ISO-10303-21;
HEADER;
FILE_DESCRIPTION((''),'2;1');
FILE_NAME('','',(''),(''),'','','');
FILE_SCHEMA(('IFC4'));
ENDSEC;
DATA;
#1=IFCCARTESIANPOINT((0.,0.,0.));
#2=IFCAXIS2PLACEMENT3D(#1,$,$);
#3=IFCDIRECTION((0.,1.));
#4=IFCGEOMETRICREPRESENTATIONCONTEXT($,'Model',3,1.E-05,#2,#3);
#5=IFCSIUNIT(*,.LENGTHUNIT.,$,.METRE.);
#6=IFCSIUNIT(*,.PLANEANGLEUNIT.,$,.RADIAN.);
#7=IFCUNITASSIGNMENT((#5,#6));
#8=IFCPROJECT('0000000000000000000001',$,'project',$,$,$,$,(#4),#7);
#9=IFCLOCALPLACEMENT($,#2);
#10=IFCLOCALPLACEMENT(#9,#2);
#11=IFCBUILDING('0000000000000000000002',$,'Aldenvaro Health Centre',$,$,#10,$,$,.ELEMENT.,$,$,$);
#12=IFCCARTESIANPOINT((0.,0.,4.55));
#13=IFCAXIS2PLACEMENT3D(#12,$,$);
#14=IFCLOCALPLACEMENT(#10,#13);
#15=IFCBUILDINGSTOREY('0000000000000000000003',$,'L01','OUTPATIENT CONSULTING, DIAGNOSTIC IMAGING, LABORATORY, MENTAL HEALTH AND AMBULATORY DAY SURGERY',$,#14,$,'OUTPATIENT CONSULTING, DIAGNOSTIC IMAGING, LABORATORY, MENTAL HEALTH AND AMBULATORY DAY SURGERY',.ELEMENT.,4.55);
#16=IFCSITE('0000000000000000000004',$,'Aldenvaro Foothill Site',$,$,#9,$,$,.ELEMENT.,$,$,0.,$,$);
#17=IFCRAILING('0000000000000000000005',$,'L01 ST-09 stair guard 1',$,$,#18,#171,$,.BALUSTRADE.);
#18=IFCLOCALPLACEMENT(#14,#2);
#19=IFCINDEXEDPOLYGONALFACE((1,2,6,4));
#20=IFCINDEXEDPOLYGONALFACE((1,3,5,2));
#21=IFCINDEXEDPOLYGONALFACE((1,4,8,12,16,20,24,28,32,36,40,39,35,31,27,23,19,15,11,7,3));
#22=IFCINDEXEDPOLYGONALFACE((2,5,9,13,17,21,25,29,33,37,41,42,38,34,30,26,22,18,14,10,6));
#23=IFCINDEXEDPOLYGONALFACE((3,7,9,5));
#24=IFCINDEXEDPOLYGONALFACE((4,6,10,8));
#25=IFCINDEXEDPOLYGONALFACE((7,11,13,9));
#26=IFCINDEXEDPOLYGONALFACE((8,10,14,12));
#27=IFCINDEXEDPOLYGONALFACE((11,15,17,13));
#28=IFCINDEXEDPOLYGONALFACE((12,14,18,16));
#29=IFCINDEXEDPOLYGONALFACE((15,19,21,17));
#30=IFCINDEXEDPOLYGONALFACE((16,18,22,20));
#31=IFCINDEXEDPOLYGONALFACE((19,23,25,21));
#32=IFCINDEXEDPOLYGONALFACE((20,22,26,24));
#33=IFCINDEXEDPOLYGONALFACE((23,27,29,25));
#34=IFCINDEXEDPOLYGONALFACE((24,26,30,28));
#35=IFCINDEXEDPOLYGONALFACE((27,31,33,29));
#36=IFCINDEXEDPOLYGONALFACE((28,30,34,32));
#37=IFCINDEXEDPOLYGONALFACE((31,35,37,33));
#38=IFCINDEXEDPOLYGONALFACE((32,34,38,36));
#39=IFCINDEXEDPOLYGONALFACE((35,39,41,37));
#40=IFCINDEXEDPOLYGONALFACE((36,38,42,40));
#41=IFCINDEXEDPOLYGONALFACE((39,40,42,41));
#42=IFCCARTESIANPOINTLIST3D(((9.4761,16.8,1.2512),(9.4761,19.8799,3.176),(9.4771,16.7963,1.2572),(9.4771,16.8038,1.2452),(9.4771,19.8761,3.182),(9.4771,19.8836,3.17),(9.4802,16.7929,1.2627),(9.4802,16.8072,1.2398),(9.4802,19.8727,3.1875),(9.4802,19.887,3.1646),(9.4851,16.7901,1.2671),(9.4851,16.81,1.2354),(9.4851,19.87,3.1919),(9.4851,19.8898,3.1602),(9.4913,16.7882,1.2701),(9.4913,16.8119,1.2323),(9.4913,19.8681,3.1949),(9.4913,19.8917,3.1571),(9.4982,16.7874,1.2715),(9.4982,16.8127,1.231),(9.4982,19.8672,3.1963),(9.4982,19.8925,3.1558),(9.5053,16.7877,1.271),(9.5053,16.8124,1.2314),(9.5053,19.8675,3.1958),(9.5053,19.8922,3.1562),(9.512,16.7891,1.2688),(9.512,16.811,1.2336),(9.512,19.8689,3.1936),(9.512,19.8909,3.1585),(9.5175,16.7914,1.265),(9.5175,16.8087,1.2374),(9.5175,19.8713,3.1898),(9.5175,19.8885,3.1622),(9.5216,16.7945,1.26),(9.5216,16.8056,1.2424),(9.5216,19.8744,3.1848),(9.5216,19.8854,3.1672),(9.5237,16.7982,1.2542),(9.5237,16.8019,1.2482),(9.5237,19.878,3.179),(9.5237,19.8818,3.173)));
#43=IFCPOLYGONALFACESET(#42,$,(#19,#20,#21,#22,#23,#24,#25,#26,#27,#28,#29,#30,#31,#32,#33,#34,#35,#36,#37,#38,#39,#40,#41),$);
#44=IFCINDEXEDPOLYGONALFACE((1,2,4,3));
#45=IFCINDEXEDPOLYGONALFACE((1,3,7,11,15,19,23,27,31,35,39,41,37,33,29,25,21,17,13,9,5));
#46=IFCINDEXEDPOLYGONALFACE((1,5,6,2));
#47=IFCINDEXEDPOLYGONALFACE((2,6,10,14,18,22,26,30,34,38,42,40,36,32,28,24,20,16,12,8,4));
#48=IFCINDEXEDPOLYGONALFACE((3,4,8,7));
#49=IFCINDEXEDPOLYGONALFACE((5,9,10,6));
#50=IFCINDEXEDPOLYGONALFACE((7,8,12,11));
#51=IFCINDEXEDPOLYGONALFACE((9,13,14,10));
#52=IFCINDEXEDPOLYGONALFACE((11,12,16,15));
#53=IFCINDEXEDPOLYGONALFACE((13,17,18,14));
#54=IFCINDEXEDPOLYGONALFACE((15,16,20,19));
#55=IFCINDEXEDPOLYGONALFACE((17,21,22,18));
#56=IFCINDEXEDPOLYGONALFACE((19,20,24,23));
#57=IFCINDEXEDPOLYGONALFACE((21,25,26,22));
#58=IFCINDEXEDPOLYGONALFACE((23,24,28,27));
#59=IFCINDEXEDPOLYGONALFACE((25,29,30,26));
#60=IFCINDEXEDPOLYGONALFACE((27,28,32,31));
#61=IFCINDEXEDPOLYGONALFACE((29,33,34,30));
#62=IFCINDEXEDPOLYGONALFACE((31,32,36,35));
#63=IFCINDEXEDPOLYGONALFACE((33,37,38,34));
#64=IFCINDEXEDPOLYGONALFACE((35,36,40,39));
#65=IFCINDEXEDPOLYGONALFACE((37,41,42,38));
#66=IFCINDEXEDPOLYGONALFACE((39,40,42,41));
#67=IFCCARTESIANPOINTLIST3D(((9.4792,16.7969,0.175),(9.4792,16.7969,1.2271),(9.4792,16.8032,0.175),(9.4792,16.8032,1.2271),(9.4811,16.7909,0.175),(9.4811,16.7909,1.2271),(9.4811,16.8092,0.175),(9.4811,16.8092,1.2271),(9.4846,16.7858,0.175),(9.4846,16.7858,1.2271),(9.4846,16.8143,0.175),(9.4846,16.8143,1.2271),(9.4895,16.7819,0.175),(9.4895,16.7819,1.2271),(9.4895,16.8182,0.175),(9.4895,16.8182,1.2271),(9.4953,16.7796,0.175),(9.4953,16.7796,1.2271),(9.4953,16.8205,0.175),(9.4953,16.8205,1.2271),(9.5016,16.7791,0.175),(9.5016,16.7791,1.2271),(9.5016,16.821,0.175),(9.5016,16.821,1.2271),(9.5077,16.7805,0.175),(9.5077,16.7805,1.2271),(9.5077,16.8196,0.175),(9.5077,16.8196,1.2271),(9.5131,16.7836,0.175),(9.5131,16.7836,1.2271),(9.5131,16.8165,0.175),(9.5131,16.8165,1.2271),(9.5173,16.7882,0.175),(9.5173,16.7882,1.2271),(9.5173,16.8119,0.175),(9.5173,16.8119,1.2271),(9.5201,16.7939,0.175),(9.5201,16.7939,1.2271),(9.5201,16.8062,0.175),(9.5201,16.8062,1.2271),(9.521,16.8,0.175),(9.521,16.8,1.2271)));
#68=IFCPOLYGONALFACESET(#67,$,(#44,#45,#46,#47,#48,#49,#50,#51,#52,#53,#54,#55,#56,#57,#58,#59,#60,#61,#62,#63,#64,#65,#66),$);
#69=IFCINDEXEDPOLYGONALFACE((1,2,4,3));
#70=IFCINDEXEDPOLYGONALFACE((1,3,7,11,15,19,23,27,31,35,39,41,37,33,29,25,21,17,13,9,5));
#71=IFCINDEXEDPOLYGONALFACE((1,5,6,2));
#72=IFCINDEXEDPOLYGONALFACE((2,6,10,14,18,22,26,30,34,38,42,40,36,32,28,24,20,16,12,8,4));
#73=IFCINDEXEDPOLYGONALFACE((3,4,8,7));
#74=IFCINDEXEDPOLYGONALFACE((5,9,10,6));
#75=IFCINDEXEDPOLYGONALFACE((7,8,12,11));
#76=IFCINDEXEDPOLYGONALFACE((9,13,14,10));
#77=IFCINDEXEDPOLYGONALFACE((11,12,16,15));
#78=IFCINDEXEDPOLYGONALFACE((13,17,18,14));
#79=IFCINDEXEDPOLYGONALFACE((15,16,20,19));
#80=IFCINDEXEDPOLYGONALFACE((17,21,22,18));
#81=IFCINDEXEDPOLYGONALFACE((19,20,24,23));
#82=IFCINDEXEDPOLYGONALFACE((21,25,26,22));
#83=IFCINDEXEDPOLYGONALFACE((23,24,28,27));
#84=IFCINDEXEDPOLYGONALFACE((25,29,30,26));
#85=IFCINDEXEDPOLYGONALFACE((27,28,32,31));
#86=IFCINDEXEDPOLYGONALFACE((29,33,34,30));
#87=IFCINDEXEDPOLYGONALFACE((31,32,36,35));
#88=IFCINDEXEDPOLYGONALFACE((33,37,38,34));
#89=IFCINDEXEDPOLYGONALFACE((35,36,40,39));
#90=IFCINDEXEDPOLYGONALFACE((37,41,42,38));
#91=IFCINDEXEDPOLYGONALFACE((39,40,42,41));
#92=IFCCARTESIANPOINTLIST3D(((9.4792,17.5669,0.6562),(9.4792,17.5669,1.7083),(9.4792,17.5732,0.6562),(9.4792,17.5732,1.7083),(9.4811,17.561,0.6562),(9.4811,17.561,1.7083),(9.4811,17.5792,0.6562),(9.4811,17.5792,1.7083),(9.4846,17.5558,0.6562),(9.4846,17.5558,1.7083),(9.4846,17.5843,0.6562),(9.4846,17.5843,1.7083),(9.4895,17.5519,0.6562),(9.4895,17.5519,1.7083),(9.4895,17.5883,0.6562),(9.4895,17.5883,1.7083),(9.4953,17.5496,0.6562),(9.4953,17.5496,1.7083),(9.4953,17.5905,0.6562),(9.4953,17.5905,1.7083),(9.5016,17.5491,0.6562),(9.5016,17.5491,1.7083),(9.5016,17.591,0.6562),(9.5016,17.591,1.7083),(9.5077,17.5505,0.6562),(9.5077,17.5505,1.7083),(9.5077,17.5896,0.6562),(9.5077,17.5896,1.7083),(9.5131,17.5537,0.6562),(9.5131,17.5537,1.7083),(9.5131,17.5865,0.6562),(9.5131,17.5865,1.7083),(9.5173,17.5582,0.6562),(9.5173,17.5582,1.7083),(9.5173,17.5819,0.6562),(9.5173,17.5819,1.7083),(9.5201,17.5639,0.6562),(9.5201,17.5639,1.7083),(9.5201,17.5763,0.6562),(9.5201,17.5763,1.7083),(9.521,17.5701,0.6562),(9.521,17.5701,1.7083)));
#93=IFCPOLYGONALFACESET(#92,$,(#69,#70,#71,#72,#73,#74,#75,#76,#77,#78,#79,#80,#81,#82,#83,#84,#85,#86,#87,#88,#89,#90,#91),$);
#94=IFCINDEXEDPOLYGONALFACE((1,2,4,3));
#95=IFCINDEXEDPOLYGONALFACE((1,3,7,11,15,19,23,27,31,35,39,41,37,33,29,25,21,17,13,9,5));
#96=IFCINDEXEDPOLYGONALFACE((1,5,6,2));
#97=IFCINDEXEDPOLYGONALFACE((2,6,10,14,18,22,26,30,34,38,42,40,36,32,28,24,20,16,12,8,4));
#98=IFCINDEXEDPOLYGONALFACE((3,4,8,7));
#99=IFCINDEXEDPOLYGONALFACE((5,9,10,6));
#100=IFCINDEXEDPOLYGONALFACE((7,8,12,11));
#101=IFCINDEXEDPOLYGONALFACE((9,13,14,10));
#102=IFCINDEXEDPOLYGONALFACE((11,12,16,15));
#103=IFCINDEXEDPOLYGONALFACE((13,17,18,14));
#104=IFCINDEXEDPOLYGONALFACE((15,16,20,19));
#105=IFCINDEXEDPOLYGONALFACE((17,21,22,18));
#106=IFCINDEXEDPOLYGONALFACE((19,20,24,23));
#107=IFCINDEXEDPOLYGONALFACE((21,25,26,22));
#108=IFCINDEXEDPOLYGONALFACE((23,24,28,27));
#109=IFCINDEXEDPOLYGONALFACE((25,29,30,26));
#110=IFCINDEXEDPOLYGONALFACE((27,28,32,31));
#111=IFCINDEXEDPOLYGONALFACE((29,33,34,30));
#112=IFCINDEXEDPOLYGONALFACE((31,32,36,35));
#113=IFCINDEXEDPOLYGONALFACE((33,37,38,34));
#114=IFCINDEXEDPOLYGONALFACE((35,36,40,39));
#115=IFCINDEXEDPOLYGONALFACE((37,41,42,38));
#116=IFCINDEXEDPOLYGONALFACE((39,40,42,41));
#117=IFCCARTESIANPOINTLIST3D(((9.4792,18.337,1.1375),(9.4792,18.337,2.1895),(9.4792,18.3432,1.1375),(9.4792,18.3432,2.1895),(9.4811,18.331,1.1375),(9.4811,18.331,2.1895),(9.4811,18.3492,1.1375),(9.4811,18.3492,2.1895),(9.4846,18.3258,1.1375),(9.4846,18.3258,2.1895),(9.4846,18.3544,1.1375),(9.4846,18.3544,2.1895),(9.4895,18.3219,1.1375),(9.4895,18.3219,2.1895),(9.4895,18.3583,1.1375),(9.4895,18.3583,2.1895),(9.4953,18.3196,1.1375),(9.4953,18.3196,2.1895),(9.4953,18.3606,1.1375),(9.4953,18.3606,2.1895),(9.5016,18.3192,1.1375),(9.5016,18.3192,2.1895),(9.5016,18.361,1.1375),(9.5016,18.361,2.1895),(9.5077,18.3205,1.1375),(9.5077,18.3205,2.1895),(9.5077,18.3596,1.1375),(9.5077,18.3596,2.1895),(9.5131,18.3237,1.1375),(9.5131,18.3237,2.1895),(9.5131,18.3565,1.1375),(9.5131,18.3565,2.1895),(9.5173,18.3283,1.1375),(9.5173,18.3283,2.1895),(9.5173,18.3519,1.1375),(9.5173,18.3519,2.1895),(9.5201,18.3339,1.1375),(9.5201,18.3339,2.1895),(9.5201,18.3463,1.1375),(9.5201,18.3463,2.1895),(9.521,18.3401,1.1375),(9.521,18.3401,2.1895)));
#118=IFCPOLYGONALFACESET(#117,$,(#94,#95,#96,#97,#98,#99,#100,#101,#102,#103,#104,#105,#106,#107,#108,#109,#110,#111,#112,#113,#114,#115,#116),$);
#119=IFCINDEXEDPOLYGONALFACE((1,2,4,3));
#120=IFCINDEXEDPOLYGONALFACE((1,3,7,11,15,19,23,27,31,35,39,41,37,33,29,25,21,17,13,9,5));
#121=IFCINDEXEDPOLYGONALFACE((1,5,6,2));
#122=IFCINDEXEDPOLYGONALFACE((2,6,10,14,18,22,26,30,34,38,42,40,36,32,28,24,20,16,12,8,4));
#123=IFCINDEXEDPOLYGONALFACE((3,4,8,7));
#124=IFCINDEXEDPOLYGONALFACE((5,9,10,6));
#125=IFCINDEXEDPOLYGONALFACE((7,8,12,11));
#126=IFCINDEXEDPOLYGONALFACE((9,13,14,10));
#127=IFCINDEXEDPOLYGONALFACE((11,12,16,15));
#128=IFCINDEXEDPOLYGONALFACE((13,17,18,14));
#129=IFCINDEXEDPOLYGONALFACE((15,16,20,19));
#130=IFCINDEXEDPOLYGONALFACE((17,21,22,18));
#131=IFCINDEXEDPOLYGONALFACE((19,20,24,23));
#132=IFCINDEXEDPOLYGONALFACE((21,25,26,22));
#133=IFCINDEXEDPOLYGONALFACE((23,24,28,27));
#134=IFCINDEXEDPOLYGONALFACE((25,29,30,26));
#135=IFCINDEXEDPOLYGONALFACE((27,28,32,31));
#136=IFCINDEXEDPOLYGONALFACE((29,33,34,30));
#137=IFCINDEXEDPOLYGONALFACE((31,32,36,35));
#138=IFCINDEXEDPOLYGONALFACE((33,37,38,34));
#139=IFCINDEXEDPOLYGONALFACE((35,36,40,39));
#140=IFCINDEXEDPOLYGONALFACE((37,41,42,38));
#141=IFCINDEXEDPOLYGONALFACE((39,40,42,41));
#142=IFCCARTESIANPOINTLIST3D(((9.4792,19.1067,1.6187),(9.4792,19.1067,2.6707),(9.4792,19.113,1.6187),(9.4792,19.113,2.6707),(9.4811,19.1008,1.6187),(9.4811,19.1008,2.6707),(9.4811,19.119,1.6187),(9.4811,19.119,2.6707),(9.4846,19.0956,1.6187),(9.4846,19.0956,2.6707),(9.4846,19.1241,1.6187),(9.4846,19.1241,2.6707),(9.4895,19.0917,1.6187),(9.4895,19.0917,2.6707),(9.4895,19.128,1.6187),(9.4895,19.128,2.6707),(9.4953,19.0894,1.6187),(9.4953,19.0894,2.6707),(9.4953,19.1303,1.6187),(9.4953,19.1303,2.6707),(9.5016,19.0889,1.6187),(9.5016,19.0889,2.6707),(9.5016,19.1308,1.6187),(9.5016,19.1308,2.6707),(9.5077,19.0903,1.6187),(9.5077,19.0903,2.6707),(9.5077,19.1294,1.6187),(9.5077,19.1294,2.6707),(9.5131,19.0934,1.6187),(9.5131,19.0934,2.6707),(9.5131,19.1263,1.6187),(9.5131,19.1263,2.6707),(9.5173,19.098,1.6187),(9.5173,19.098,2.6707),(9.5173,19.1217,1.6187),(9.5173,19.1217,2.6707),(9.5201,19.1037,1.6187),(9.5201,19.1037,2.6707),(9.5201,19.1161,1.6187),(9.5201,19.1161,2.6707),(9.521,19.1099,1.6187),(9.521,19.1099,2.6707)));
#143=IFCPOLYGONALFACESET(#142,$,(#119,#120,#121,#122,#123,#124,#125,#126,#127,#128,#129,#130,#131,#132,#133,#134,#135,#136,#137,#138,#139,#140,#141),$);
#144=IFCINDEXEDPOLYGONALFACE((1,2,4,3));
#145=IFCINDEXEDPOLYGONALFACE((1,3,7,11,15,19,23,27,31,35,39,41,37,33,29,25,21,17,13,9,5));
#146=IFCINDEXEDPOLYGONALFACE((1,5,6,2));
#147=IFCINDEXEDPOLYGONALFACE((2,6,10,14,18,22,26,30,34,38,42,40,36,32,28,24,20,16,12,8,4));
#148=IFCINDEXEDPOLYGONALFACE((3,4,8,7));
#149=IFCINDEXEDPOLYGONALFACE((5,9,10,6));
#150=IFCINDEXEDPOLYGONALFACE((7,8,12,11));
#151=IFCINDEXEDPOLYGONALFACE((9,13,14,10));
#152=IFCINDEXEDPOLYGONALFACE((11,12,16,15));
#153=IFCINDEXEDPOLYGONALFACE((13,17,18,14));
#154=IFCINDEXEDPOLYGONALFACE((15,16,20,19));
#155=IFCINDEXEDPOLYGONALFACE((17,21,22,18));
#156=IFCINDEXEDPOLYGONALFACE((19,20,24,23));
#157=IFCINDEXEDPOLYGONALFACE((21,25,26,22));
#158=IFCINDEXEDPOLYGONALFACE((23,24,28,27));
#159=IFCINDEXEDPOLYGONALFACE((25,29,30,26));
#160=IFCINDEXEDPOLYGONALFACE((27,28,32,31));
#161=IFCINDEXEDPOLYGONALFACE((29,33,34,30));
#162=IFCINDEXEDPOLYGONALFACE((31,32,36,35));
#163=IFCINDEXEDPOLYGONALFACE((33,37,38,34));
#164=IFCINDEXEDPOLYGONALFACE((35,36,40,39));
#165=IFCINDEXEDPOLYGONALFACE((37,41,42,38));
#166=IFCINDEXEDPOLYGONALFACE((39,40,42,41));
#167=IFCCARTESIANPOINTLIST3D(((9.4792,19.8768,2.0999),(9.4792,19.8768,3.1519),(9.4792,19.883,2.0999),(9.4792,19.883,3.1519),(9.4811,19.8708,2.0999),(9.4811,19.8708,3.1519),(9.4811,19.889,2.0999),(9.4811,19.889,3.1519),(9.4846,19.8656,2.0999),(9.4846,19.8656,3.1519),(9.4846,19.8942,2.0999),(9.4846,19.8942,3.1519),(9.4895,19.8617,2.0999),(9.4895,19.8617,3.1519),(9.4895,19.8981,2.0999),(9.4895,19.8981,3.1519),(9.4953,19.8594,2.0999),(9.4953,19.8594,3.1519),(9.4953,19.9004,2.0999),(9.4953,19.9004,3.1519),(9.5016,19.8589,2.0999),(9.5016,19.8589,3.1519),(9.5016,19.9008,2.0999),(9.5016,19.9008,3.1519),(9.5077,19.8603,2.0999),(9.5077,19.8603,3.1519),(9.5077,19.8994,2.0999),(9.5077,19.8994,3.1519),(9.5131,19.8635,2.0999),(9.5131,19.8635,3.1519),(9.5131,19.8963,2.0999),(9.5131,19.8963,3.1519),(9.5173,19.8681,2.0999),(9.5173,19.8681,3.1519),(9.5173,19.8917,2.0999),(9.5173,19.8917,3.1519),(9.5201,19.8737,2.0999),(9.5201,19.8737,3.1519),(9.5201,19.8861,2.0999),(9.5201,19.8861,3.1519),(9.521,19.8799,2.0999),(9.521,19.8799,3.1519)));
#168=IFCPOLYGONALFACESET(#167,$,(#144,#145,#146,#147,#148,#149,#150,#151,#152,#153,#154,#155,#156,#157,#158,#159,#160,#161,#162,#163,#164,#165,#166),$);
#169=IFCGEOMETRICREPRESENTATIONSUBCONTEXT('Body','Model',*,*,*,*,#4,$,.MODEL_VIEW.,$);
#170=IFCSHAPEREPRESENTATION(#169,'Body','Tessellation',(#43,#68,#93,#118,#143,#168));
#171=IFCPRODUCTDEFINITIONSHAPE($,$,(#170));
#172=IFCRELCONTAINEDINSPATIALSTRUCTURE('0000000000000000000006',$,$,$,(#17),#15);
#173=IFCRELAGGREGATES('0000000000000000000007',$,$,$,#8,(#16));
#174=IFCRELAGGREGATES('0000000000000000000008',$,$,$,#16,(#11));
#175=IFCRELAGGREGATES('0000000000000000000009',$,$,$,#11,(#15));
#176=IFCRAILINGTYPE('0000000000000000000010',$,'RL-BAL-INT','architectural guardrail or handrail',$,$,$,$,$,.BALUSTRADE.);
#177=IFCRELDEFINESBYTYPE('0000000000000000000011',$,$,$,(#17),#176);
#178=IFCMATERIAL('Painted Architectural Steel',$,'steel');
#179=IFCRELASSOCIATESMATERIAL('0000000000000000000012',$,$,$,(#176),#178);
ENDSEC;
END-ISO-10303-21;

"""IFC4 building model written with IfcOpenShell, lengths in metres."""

from ifc_helpers import new_model, si_unit, direction, frame, origin, origin_2d, place, context, subcontext, project, spatial, circle, extrude, material, type_object, element, save


model = new_model("IFC4")

# Units and contexts
model_context = context("Model", 3, precision=1e-05, world=origin(), true_north=direction((0.0, 1.0)))
body_context = subcontext(model_context, "Body", "Model", "MODEL_VIEW")
ifc_project = project(units=[si_unit("LENGTHUNIT", "METRE"), si_unit("PLANEANGLEUNIT", "RADIAN")], contexts=[model_context])

# Site, building, storey
site_placement = place(None, origin())
site = spatial("IfcSite", under=ifc_project, at=site_placement, Name="Aldenvaro Foothill Site", CompositionType="ELEMENT", RefElevation=0.0)
building_placement = place(site_placement, origin())
building = spatial("IfcBuilding", under=site, at=building_placement, Name="Aldenvaro Health Centre", CompositionType="ELEMENT")
storey_placement = place(building_placement, frame((0.0, 0.0, 4.55)))
storey = spatial("IfcBuildingStorey", under=building, at=storey_placement, Name="L01", Description="OUTPATIENT CONSULTING, DIAGNOSTIC IMAGING, LABORATORY, MENTAL HEALTH AND AMBULATORY DAY SURGERY", LongName="OUTPATIENT CONSULTING, DIAGNOSTIC IMAGING, LABORATORY, MENTAL HEALTH AND AMBULATORY DAY SURGERY", CompositionType="ELEMENT", Elevation=4.55)

# Railing
ifc_material_1 = material(Name="Painted Architectural Steel", Category="steel")
railing_type_1 = type_object("IfcRailingType", Name="RL-BAL-INT", Description="architectural guardrail or handrail", PredefinedType="BALUSTRADE", material=ifc_material_1)
railing_1_placement = place(storey_placement, frame((9.5, 16.8, 0.175)))
element("IfcRailing", 1, at=railing_1_placement, inside=storey, type_object=railing_type_1, Name="L01 ST-09 stair guard 1", PredefinedType="BALUSTRADE", context=body_context, shape_type="SweptSolid", body=[
    extrude(circle(Radius=0.0239, at=origin_2d()), frame((0.0, 0.0, 1.0762), z_axis=(0.0, 0.84801, 0.529981), x_axis=(-1.0, 0.0, 0.0)), (0.0, 0.0, 1.0), 3.6318),
    extrude(circle(Radius=0.021, at=origin_2d()), origin(), (0.0, 0.0, 1.0), 1.052),
    extrude(circle(Radius=0.021, at=origin_2d()), frame((0.0, 0.77, 0.4812)), (0.0, 0.0, 1.0), 1.052),
    extrude(circle(Radius=0.021, at=origin_2d()), frame((0.0, 1.54, 0.9624)), (0.0, 0.0, 1.0), 1.052),
    extrude(circle(Radius=0.021, at=origin_2d()), frame((0.0, 2.3098, 1.4436)), (0.0, 0.0, 1.0), 1.052),
    extrude(circle(Radius=0.021, at=origin_2d()), frame((0.0, 3.0798, 1.9248)), (0.0, 0.0, 1.0), 1.052),
])

save(model, "model.ifc")
